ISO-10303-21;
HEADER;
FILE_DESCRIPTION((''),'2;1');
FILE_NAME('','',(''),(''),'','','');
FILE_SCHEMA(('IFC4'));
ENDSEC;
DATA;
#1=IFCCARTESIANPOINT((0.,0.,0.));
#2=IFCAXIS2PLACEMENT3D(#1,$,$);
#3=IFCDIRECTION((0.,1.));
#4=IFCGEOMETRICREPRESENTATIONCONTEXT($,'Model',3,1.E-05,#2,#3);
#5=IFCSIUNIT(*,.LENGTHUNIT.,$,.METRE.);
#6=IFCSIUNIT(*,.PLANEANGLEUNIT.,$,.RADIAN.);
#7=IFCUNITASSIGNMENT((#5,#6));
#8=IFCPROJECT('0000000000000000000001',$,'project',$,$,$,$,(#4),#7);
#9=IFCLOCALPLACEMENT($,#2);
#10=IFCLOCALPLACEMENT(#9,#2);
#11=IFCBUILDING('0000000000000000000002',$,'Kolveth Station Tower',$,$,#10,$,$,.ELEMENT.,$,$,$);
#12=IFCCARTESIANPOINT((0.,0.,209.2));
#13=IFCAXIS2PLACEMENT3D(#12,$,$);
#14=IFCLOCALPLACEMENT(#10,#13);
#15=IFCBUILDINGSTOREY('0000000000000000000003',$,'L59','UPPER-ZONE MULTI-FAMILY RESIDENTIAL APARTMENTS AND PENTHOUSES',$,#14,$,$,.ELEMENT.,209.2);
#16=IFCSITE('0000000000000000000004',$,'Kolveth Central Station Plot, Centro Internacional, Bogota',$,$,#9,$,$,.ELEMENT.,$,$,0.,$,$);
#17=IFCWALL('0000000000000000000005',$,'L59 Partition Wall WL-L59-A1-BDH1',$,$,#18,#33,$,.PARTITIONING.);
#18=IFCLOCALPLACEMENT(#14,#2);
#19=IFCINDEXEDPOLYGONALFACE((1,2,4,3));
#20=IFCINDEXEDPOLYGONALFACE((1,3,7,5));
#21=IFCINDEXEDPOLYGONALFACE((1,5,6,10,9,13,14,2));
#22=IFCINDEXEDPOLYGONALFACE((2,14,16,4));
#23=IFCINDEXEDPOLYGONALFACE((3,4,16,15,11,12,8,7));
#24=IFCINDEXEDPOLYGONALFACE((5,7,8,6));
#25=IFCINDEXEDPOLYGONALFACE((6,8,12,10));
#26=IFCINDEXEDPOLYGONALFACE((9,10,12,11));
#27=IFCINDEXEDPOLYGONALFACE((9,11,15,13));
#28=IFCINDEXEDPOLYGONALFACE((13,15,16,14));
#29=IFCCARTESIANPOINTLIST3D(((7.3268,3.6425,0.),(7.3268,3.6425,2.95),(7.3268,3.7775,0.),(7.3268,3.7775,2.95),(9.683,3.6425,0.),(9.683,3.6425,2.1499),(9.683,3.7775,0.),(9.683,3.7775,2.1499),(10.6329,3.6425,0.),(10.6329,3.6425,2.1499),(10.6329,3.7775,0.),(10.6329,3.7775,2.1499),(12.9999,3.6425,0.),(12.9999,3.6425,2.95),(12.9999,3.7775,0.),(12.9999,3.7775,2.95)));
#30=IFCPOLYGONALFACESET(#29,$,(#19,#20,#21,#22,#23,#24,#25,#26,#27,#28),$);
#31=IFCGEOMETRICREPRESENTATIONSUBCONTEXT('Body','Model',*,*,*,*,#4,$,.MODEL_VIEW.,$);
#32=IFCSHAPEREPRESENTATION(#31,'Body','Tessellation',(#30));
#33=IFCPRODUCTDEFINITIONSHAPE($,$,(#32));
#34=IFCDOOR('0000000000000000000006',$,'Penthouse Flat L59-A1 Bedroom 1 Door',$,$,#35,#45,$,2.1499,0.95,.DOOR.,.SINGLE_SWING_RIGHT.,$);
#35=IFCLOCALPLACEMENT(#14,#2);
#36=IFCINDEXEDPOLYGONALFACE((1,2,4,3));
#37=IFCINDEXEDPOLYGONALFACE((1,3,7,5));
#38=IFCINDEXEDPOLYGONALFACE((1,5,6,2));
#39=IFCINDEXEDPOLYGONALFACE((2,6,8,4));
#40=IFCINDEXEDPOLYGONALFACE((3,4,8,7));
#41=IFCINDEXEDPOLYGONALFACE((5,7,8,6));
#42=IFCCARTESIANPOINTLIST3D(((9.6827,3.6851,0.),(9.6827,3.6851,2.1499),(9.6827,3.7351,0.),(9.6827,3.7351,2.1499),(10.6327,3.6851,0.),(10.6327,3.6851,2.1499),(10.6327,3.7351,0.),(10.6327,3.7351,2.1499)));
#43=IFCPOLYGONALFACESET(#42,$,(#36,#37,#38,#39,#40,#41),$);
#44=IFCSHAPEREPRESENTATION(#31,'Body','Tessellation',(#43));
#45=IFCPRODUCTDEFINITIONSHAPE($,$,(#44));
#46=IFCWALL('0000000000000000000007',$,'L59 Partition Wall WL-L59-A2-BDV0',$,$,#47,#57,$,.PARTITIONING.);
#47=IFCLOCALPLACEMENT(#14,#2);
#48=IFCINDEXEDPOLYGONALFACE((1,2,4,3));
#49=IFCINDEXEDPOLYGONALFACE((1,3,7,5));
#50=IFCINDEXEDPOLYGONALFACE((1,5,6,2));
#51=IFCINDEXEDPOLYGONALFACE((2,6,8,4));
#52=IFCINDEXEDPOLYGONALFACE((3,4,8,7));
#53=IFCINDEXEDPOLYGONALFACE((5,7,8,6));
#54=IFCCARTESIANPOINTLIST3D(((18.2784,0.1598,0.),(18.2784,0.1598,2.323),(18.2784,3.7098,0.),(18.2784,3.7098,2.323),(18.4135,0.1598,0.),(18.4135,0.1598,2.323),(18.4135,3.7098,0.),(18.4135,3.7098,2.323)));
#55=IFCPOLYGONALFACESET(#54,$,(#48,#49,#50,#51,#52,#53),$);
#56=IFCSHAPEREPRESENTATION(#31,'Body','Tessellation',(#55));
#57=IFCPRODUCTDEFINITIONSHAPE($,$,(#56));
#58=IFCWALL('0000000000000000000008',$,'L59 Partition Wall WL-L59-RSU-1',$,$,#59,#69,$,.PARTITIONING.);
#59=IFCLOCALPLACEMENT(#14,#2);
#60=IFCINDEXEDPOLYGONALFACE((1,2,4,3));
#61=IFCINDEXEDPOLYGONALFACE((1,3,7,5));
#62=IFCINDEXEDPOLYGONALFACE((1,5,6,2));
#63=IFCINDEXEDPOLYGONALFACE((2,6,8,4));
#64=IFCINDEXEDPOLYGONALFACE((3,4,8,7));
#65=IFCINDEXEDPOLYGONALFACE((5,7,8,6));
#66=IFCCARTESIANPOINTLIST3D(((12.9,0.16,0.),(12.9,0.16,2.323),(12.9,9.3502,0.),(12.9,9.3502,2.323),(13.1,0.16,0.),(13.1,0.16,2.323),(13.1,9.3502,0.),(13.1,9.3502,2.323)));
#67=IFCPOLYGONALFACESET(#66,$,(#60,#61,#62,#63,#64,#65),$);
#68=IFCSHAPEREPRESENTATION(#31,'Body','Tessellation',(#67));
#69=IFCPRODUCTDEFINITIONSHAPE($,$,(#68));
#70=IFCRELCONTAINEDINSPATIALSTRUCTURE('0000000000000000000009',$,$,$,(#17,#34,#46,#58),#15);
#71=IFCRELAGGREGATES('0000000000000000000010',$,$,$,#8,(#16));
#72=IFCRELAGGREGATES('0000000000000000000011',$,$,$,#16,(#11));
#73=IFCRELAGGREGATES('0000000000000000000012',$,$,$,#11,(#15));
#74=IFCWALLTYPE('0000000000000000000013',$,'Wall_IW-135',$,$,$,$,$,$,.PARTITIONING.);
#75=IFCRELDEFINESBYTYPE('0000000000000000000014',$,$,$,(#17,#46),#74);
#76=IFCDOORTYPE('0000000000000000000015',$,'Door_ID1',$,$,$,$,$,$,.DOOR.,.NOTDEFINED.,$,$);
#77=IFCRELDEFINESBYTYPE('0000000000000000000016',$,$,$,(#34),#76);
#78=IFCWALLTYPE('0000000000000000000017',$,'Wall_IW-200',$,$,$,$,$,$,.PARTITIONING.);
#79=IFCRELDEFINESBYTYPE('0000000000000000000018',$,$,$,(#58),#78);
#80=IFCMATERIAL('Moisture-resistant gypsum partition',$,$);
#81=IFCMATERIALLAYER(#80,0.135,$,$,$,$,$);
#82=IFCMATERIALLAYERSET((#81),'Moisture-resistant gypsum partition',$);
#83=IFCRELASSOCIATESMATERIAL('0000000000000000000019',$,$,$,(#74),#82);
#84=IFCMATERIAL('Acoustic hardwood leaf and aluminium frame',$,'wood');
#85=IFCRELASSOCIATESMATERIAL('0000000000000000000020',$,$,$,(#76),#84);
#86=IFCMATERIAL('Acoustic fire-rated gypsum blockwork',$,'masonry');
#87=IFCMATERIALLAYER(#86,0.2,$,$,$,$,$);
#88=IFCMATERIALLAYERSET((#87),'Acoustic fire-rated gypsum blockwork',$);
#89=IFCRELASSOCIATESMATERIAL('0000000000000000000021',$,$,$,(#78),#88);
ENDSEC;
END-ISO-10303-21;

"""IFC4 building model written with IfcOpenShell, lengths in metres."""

from ifc_helpers import new_model, si_unit, direction, frame, frame_2d, origin, place, context, subcontext, project, spatial, rectangle, extrude, material, layer, layer_set, type_object, element, fill, save


model = new_model("IFC4")

# Units and contexts
model_context = context("Model", 3, precision=1e-05, world=origin(), true_north=direction((0.0, 1.0)))
body_context = subcontext(model_context, "Body", "Model", "MODEL_VIEW")
ifc_project = project(units=[si_unit("LENGTHUNIT", "METRE"), si_unit("PLANEANGLEUNIT", "RADIAN")], contexts=[model_context])

# Site, building, storey
site_placement = place(None, origin())
site = spatial("IfcSite", under=ifc_project, at=site_placement, Name="Kolveth Central Station Plot, Centro Internacional, Bogota", CompositionType="ELEMENT", RefElevation=0.0)
building_placement = place(site_placement, origin())
building = spatial("IfcBuilding", under=site, at=building_placement, Name="Kolveth Station Tower", CompositionType="ELEMENT")
storey_placement = place(building_placement, frame((0.0, 0.0, 209.2)))
storey = spatial("IfcBuildingStorey", under=building, at=storey_placement, Name="L59", Description="UPPER-ZONE MULTI-FAMILY RESIDENTIAL APARTMENTS AND PENTHOUSES", CompositionType="ELEMENT", Elevation=209.2)

# Shared definitions
ifc_material_1 = material(Name="Moisture-resistant gypsum partition")
ifc_layer_1 = layer(ifc_material_1, 0.135)
ifc_layer_set_1 = layer_set([ifc_layer_1], Name="Moisture-resistant gypsum partition")
wall_type_1 = type_object("IfcWallType", Name="Wall_IW-135", PredefinedType="PARTITIONING", material=ifc_layer_set_1)

# Wall, opening, door
wall_1_placement = place(storey_placement, frame((7.3269, 3.71, 0.0), z_axis=(0.0, 0.0, 1.0), x_axis=(1.0, 0.0, 0.0)))
wall_1 = element("IfcWall", 1, at=wall_1_placement, inside=storey, type_object=wall_type_1, Name="L59 Partition Wall WL-L59-A1-BDH1", PredefinedType="PARTITIONING", context=body_context, shape_type="SweptSolid", body=[
    extrude(rectangle(XDim=5.6731, YDim=0.135, at=frame_2d((2.8364, 0.0))), origin(), (0.0, 0.0, 1.0), 2.95),
])
opening_1_placement = place(wall_1_placement, frame((2.356, 0.0, 0.0)))
opening_1 = element("IfcOpeningElement", 2, at=opening_1_placement, cuts=wall_1, PredefinedType="OPENING", context=body_context, shape_type="SweptSolid", body=[
    extrude(rectangle(XDim=0.95, YDim=2.1499, at=frame_2d((0.4751, 1.075))), frame((0.0, 0.0774, 0.0), z_axis=(0.0, -1.0, 0.0), x_axis=(1.0, 0.0, 0.0)), (0.0, 0.0, 1.0), 0.155),
])
ifc_material_2 = material(Name="Acoustic hardwood leaf and aluminium frame", Category="wood")
door_type = type_object("IfcDoorType", Name="Door_ID1", OperationType="NOTDEFINED", PredefinedType="DOOR", material=ifc_material_2)
door_1_placement = place(opening_1_placement, frame((0.95, 0.0, 0.0), z_axis=(0.0, 0.0, 1.0), x_axis=(-1.0, 0.0, 0.0)))
door_1 = element("IfcDoor", 3, at=door_1_placement, inside=storey, type_object=door_type, Name="Penthouse Flat L59-A1 Bedroom 1 Door", OperationType="SINGLE_SWING_RIGHT", OverallHeight=2.1499, OverallWidth=0.95, PredefinedType="DOOR", context=body_context, shape_type="SweptSolid", body=[
    extrude(rectangle(XDim=0.95, YDim=2.1499, at=frame_2d((0.4751, 1.075))), frame((0.0, 0.0249, 0.0), z_axis=(0.0, -1.0, 0.0), x_axis=(1.0, 0.0, 0.0)), (0.0, 0.0, 1.0), 0.05),
])
fill(opening_1, door_1)

# Wall
wall_2_placement = place(storey_placement, frame((18.3459, 0.1599, 0.0), z_axis=(0.0, 0.0, 1.0), x_axis=(0.0, 1.0, 0.0)))
element("IfcWall", 4, at=wall_2_placement, inside=storey, type_object=wall_type_1, Name="L59 Partition Wall WL-L59-A2-BDV0", PredefinedType="PARTITIONING", context=body_context, shape_type="SweptSolid", body=[
    extrude(rectangle(XDim=3.55, YDim=0.135, at=frame_2d((1.7749, 0.0))), origin(), (0.0, 0.0, 1.0), 2.323),
])

# Wall
ifc_material_3 = material(Name="Acoustic fire-rated gypsum blockwork", Category="masonry")
ifc_layer_2 = layer(ifc_material_3, 0.2)
ifc_layer_set_2 = layer_set([ifc_layer_2], Name="Acoustic fire-rated gypsum blockwork")
wall_type_2 = type_object("IfcWallType", Name="Wall_IW-200", PredefinedType="PARTITIONING", material=ifc_layer_set_2)
wall_3_placement = place(storey_placement, frame((13.0, 0.1599, 0.0), z_axis=(0.0, 0.0, 1.0), x_axis=(0.0, 1.0, 0.0)))
element("IfcWall", 5, at=wall_3_placement, inside=storey, type_object=wall_type_2, Name="L59 Partition Wall WL-L59-RSU-1", PredefinedType="PARTITIONING", context=body_context, shape_type="SweptSolid", body=[
    extrude(rectangle(XDim=9.1902, YDim=0.2, at=frame_2d((4.5952, 0.0))), origin(), (0.0, 0.0, 1.0), 2.323),
])

save(model, "model.ifc")
